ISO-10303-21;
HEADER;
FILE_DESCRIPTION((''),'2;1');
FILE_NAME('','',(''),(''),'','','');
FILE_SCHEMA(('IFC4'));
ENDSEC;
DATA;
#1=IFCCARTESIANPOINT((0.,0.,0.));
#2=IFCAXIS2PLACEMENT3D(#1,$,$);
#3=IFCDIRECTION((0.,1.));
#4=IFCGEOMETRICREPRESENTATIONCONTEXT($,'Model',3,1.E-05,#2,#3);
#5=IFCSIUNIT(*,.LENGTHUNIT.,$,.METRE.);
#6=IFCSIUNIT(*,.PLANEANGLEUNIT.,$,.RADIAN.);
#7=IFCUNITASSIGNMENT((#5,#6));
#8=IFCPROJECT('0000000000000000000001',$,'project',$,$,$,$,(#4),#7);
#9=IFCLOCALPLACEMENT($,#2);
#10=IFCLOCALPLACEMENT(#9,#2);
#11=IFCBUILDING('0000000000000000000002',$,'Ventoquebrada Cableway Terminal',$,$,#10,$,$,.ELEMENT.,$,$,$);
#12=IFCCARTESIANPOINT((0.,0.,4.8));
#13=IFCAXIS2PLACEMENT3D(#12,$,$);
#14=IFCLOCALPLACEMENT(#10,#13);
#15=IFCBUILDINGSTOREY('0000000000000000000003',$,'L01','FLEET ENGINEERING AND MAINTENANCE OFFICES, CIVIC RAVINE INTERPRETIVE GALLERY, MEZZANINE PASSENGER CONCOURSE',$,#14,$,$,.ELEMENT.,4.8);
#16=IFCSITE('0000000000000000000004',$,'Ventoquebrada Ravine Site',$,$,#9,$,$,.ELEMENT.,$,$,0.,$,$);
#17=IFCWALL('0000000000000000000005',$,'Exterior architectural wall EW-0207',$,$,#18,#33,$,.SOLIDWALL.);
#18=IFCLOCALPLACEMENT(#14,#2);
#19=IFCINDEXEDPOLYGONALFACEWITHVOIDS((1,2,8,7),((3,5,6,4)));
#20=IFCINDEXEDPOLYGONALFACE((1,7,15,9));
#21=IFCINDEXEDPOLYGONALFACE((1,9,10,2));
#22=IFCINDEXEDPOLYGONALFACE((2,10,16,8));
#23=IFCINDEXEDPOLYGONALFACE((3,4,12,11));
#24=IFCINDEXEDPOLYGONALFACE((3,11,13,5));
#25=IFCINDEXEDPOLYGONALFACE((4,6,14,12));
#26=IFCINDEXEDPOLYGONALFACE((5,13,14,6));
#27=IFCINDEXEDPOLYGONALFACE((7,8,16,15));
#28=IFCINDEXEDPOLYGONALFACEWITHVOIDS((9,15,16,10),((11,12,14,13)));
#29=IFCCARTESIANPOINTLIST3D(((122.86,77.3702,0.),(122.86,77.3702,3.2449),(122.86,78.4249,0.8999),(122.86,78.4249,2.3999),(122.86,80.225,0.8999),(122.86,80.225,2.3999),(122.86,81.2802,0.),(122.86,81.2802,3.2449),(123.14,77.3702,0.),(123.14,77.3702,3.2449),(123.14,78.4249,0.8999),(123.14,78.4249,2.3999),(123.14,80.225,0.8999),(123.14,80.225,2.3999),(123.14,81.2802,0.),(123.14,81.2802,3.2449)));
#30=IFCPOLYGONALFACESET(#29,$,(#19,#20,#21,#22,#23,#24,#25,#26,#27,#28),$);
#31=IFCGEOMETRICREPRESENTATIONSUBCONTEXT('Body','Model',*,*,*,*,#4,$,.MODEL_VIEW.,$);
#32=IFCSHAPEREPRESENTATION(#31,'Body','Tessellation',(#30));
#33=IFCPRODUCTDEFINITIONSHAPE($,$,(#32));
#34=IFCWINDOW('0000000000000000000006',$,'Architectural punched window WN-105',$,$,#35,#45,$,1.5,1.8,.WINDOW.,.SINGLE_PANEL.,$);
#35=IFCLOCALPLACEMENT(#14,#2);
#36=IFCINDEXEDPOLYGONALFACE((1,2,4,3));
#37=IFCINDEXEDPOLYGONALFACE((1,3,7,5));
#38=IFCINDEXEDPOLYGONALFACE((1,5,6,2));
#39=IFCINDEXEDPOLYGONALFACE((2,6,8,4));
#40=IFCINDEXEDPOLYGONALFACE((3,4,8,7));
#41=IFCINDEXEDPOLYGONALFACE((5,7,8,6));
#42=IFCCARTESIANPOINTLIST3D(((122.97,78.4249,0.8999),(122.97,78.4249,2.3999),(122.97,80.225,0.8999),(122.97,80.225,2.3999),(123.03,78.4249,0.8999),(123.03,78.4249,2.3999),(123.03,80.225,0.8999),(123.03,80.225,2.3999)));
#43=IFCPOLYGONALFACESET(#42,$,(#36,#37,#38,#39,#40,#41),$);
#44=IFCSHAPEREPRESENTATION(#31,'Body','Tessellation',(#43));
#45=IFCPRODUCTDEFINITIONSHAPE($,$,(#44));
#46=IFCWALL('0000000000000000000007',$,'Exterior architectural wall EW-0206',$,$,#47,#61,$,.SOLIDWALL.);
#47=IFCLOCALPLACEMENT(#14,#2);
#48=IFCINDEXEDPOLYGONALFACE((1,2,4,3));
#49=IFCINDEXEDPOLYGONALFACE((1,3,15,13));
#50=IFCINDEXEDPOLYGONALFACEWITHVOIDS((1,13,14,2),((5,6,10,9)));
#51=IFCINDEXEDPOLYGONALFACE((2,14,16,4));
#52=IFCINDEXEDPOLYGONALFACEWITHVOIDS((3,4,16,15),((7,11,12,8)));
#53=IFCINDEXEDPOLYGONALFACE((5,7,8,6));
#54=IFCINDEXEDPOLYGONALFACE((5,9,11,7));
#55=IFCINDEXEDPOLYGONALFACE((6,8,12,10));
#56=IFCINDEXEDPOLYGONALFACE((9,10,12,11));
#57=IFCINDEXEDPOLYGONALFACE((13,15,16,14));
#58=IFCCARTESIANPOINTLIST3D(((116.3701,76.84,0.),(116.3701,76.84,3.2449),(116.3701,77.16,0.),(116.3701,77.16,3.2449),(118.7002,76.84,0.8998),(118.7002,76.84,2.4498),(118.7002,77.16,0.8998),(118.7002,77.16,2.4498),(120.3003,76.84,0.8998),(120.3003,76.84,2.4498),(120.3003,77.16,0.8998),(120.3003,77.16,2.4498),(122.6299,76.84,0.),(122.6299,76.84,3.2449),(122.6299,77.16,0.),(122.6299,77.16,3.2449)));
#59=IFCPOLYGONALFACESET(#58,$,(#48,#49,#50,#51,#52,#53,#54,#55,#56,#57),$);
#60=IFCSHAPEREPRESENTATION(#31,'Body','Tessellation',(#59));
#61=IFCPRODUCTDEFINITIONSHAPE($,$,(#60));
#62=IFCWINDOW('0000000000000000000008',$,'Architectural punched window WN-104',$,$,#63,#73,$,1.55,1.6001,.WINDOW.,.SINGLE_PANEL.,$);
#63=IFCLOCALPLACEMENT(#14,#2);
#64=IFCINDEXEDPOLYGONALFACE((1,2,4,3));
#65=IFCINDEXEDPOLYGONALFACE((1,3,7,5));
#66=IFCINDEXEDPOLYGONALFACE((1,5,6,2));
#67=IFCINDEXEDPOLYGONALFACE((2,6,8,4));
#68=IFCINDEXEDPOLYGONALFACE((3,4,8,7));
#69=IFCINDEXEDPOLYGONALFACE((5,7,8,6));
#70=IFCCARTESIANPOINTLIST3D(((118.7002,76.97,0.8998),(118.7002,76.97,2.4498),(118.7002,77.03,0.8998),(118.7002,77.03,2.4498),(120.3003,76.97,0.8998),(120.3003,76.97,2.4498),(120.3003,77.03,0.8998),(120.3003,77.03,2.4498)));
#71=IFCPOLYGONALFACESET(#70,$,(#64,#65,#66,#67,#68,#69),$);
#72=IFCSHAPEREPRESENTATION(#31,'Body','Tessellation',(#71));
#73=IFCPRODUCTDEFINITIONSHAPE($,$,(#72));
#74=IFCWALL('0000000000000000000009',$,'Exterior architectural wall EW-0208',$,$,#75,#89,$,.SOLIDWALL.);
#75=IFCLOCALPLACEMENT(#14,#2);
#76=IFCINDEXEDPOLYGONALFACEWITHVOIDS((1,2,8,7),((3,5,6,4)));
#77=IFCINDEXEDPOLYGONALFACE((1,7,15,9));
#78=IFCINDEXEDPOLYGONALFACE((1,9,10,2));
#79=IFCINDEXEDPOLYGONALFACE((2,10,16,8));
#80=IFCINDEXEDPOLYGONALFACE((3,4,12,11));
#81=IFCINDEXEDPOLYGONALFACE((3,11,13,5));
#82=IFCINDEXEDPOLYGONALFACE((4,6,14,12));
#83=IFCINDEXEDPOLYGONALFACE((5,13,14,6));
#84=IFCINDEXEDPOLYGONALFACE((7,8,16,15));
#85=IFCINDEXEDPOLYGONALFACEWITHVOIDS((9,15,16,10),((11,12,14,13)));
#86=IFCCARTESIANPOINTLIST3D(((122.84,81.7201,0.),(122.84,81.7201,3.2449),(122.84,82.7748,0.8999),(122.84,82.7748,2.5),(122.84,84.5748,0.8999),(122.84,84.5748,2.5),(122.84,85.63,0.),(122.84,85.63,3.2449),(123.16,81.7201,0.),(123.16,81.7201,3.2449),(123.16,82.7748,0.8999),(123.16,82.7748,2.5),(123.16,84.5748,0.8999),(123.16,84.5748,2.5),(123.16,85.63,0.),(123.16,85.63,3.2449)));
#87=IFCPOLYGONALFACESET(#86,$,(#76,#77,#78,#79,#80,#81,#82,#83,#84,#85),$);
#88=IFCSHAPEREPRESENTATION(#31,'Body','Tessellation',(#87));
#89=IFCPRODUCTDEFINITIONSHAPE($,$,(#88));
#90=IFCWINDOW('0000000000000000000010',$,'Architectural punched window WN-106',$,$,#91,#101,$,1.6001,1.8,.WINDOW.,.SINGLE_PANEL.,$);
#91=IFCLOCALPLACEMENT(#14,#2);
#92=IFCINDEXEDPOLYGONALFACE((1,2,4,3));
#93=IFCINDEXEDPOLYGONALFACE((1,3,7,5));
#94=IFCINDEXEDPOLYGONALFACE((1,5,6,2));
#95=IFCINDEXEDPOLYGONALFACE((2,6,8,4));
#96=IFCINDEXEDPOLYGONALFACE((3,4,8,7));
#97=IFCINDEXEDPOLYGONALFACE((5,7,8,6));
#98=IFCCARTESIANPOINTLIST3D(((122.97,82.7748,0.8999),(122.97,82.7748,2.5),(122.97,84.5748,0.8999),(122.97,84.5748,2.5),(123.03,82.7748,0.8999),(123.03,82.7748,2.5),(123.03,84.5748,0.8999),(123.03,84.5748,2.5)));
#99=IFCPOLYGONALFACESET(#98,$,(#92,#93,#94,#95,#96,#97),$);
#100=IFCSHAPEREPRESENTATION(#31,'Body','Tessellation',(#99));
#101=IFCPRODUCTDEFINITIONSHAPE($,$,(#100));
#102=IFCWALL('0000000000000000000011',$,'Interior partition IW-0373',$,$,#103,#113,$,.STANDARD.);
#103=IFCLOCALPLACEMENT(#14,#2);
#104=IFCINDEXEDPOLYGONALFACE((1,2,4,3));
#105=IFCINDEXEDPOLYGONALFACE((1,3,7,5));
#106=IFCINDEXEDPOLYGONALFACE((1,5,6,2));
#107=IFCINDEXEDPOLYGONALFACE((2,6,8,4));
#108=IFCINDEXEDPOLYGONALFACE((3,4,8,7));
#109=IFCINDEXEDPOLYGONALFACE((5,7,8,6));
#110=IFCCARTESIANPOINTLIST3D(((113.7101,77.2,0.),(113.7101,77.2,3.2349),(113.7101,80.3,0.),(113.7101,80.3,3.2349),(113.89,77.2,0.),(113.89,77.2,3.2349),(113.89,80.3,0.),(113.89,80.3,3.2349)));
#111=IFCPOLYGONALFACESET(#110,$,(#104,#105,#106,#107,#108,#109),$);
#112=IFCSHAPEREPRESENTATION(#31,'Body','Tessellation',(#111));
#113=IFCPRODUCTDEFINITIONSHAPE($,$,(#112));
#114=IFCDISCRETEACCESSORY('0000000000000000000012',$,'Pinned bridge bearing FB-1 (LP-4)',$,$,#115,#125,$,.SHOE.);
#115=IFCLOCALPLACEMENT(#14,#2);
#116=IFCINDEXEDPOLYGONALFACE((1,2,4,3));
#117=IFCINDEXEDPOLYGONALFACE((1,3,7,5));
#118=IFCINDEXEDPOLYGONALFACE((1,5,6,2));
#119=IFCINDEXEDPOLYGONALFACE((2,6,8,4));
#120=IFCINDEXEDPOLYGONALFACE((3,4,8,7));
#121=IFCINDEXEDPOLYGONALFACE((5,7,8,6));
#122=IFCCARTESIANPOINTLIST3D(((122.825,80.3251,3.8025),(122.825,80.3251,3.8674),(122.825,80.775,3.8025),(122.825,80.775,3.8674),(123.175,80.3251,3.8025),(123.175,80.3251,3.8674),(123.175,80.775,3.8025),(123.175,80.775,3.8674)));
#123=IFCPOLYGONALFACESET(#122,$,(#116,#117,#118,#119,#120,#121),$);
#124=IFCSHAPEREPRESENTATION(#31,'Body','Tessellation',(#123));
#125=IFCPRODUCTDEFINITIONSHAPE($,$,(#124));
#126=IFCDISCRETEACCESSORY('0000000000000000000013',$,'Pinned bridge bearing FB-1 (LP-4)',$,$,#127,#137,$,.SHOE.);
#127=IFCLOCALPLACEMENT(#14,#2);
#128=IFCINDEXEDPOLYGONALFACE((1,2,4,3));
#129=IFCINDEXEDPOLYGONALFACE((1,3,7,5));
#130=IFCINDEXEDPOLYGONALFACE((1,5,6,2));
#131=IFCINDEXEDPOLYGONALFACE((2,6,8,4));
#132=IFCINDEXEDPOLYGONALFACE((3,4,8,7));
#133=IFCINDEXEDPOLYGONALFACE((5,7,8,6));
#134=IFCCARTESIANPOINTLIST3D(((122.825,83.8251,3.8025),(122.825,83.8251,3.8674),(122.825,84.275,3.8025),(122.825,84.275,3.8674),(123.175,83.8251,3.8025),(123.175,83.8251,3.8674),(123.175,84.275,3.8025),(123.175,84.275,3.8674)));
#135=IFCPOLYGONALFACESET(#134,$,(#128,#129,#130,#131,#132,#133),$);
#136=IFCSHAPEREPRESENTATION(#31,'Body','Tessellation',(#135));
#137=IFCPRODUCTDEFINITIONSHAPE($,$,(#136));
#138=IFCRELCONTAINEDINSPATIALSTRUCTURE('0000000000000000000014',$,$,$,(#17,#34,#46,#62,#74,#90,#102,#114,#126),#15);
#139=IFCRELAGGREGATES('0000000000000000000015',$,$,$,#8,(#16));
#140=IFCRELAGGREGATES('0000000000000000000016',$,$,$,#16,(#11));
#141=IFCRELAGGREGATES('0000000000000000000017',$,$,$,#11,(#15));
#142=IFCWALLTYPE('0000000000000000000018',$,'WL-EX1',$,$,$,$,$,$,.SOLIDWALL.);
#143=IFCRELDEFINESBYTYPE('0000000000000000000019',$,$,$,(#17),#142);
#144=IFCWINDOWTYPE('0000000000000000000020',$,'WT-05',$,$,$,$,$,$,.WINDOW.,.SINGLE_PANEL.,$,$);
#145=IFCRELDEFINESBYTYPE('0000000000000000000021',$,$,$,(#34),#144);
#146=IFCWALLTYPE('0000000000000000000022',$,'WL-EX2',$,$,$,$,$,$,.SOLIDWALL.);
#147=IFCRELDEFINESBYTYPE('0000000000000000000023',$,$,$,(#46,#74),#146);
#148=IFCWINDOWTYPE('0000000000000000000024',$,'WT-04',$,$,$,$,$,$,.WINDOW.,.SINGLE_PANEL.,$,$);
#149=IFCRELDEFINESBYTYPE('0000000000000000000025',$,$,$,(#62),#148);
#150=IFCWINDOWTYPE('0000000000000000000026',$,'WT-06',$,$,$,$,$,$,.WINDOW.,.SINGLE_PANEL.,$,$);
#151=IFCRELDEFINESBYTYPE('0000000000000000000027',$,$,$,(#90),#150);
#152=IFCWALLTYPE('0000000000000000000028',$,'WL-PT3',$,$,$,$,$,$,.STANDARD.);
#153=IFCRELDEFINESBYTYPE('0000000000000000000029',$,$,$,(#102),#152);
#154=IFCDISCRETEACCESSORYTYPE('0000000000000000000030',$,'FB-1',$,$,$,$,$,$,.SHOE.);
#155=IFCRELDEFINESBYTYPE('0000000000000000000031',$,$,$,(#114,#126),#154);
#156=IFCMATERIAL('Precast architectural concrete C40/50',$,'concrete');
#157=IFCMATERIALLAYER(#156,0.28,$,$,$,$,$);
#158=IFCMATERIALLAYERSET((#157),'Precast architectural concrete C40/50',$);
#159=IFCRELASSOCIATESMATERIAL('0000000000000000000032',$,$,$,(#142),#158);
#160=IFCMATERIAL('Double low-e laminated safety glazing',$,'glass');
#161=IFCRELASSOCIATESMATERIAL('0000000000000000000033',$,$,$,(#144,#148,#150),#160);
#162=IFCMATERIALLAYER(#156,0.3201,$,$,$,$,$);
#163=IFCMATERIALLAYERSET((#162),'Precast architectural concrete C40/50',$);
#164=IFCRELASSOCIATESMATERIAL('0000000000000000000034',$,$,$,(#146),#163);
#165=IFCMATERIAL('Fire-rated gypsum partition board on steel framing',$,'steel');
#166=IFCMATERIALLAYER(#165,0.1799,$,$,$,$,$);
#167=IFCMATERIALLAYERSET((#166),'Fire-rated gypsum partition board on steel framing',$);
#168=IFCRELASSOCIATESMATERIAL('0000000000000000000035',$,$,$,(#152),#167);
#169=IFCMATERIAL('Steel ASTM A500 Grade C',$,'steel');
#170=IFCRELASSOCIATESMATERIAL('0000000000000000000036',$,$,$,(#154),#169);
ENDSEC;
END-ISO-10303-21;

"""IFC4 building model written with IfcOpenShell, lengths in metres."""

from ifc_helpers import new_model, si_unit, direction, frame, frame_2d, origin, origin_2d, place, context, subcontext, project, spatial, rectangle, extrude, material, layer, layer_set, type_object, element, fill, save


model = new_model("IFC4")

# Units and contexts
model_context = context("Model", 3, precision=1e-05, world=origin(), true_north=direction((0.0, 1.0)))
body_context = subcontext(model_context, "Body", "Model", "MODEL_VIEW")
ifc_project = project(units=[si_unit("LENGTHUNIT", "METRE"), si_unit("PLANEANGLEUNIT", "RADIAN")], contexts=[model_context])

# Site, building, storey
site_placement = place(None, origin())
site = spatial("IfcSite", under=ifc_project, at=site_placement, Name="Ventoquebrada Ravine Site", CompositionType="ELEMENT", RefElevation=0.0)
building_placement = place(site_placement, origin())
building = spatial("IfcBuilding", under=site, at=building_placement, Name="Ventoquebrada Cableway Terminal", CompositionType="ELEMENT")
storey_placement = place(building_placement, frame((0.0, 0.0, 4.8)))
storey = spatial("IfcBuildingStorey", under=building, at=storey_placement, Name="L01", Description="FLEET ENGINEERING AND MAINTENANCE OFFICES, CIVIC RAVINE INTERPRETIVE GALLERY, MEZZANINE PASSENGER CONCOURSE", CompositionType="ELEMENT", Elevation=4.8)

# Walls, openings, windows
ifc_material_1 = material(Name="Precast architectural concrete C40/50", Category="concrete")
ifc_layer_1 = layer(ifc_material_1, 0.28)
ifc_layer_set_1 = layer_set([ifc_layer_1], Name="Precast architectural concrete C40/50")
wall_type_1 = type_object("IfcWallType", Name="WL-EX1", PredefinedType="SOLIDWALL", material=ifc_layer_set_1)
ifc_material_2 = material(Name="Double low-e laminated safety glazing", Category="glass")
wall_1_placement = place(storey_placement, frame((123.0, 77.3701, 0.0), z_axis=(0.0, 0.0, 1.0), x_axis=(0.0, 1.0, 0.0)))
wall_1 = element("IfcWall", 1, at=wall_1_placement, inside=storey, type_object=wall_type_1, Name="Exterior architectural wall EW-0207", PredefinedType="SOLIDWALL", context=body_context, shape_type="SweptSolid", body=[
    extrude(rectangle(XDim=3.9099, YDim=0.28, at=frame_2d((1.9551, 0.0))), origin(), (0.0, 0.0, 1.0), 3.2449),
])
opening_1_placement = place(wall_1_placement, frame((1.0549, 0.0, 0.8999)))
opening_1 = element("IfcOpeningElement", 2, at=opening_1_placement, cuts=wall_1, PredefinedType="OPENING", context=body_context, shape_type="SweptSolid", body=[
    extrude(rectangle(XDim=1.8, YDim=1.5, at=frame_2d((0.8999, 0.75))), frame((0.0, 0.1499, 0.0), z_axis=(0.0, -1.0, 0.0), x_axis=(1.0, 0.0, 0.0)), (0.0, 0.0, 1.0), 0.3),
])
window_type_1 = type_object("IfcWindowType", Name="WT-05", PartitioningType="SINGLE_PANEL", PredefinedType="WINDOW", material=ifc_material_2)
window_1_placement = place(opening_1_placement, origin())
window_1 = element("IfcWindow", 3, at=window_1_placement, inside=storey, type_object=window_type_1, Name="Architectural punched window WN-105", OverallHeight=1.5, OverallWidth=1.8, PartitioningType="SINGLE_PANEL", PredefinedType="WINDOW", context=body_context, shape_type="SweptSolid", body=[
    extrude(rectangle(XDim=1.8, YDim=1.5, at=frame_2d((0.8999, 0.75))), frame((0.0, 0.03, 0.0), z_axis=(0.0, -1.0, 0.0), x_axis=(1.0, 0.0, 0.0)), (0.0, 0.0, 1.0), 0.0601),
])
fill(opening_1, window_1)
ifc_layer_2 = layer(ifc_material_1, 0.3201)
ifc_layer_set_2 = layer_set([ifc_layer_2], Name="Precast architectural concrete C40/50")
wall_type_2 = type_object("IfcWallType", Name="WL-EX2", PredefinedType="SOLIDWALL", material=ifc_layer_set_2)
wall_2_placement = place(storey_placement, frame((116.3701, 77.0, 0.0), z_axis=(0.0, 0.0, 1.0), x_axis=(1.0, 0.0, 0.0)))
wall_2 = element("IfcWall", 4, at=wall_2_placement, inside=storey, type_object=wall_type_2, Name="Exterior architectural wall EW-0206", PredefinedType="SOLIDWALL", context=body_context, shape_type="SweptSolid", body=[
    extrude(rectangle(XDim=6.2598, YDim=0.3201, at=frame_2d((3.1299, 0.0))), origin(), (0.0, 0.0, 1.0), 3.2449),
])
opening_2_placement = place(wall_2_placement, frame((2.3301, 0.0, 0.8999)))
opening_2 = element("IfcOpeningElement", 5, at=opening_2_placement, cuts=wall_2, PredefinedType="OPENING", context=body_context, shape_type="SweptSolid", body=[
    extrude(rectangle(XDim=1.6001, YDim=1.55, at=frame_2d((0.8, 0.7749))), frame((0.0, 0.1699, 0.0), z_axis=(0.0, -1.0, 0.0), x_axis=(1.0, 0.0, 0.0)), (0.0, 0.0, 1.0), 0.3401),
])
window_type_2 = type_object("IfcWindowType", Name="WT-04", PartitioningType="SINGLE_PANEL", PredefinedType="WINDOW", material=ifc_material_2)
window_2_placement = place(opening_2_placement, origin())
window_2 = element("IfcWindow", 6, at=window_2_placement, inside=storey, type_object=window_type_2, Name="Architectural punched window WN-104", OverallHeight=1.55, OverallWidth=1.6001, PartitioningType="SINGLE_PANEL", PredefinedType="WINDOW", context=body_context, shape_type="SweptSolid", body=[
    extrude(rectangle(XDim=1.6001, YDim=1.55, at=frame_2d((0.8, 0.7749))), frame((0.0, 0.03, 0.0), z_axis=(0.0, -1.0, 0.0), x_axis=(1.0, 0.0, 0.0)), (0.0, 0.0, 1.0), 0.0601),
])
fill(opening_2, window_2)
wall_3_placement = place(storey_placement, frame((123.0, 81.72, 0.0), z_axis=(0.0, 0.0, 1.0), x_axis=(0.0, 1.0, 0.0)))
wall_3 = element("IfcWall", 7, at=wall_3_placement, inside=storey, type_object=wall_type_2, Name="Exterior architectural wall EW-0208", PredefinedType="SOLIDWALL", context=body_context, shape_type="SweptSolid", body=[
    extrude(rectangle(XDim=3.9099, YDim=0.3201, at=frame_2d((1.9551, 0.0))), origin(), (0.0, 0.0, 1.0), 3.2449),
])
opening_3_placement = place(wall_3_placement, frame((1.0549, 0.0, 0.8999)))
opening_3 = element("IfcOpeningElement", 8, at=opening_3_placement, cuts=wall_3, PredefinedType="OPENING", context=body_context, shape_type="SweptSolid", body=[
    extrude(rectangle(XDim=1.8, YDim=1.6001, at=frame_2d((0.8999, 0.8))), frame((0.0, 0.1699, 0.0), z_axis=(0.0, -1.0, 0.0), x_axis=(1.0, 0.0, 0.0)), (0.0, 0.0, 1.0), 0.3401),
])
window_type_3 = type_object("IfcWindowType", Name="WT-06", PartitioningType="SINGLE_PANEL", PredefinedType="WINDOW", material=ifc_material_2)
window_3_placement = place(opening_3_placement, origin())
window_3 = element("IfcWindow", 9, at=window_3_placement, inside=storey, type_object=window_type_3, Name="Architectural punched window WN-106", OverallHeight=1.6001, OverallWidth=1.8, PartitioningType="SINGLE_PANEL", PredefinedType="WINDOW", context=body_context, shape_type="SweptSolid", body=[
    extrude(rectangle(XDim=1.8, YDim=1.6001, at=frame_2d((0.8999, 0.8))), frame((0.0, 0.03, 0.0), z_axis=(0.0, -1.0, 0.0), x_axis=(1.0, 0.0, 0.0)), (0.0, 0.0, 1.0), 0.0601),
])
fill(opening_3, window_3)

# Wall
ifc_material_3 = material(Name="Fire-rated gypsum partition board on steel framing", Category="steel")
ifc_layer_3 = layer(ifc_material_3, 0.1799)
ifc_layer_set_3 = layer_set([ifc_layer_3], Name="Fire-rated gypsum partition board on steel framing")
wall_type_3 = type_object("IfcWallType", Name="WL-PT3", PredefinedType="STANDARD", material=ifc_layer_set_3)
wall_4_placement = place(storey_placement, frame((113.8, 77.2, 0.0), z_axis=(0.0, 0.0, 1.0), x_axis=(0.0, 1.0, 0.0)))
element("IfcWall", 10, at=wall_4_placement, inside=storey, type_object=wall_type_3, Name="Interior partition IW-0373", PredefinedType="STANDARD", context=body_context, shape_type="SweptSolid", body=[
    extrude(rectangle(XDim=3.1001, YDim=0.1799, at=frame_2d((1.55, 0.0))), origin(), (0.0, 0.0, 1.0), 3.2349),
])

# Discrete accessories
ifc_material_4 = material(Name="Steel ASTM A500 Grade C", Category="steel")
discrete_accessory_type = type_object("IfcDiscreteAccessoryType", Name="FB-1", PredefinedType="SHOE", material=ifc_material_4)
for number, where, z_axis, x_axis, name in (
    (11, (123.0, 80.55, 3.8025), (0.0, 0.0, 1.0), (1.0, 0.0, 0.0), "Pinned bridge bearing FB-1 (LP-4)"),
    (12, (123.0, 84.05, 3.8025), (0.0, 0.0, 1.0), (1.0, 0.0, 0.0), "Pinned bridge bearing FB-1 (LP-4)"),
):
    element("IfcDiscreteAccessory", number, at=place(storey_placement, frame(where, z_axis=z_axis, x_axis=x_axis)), inside=storey, type_object=discrete_accessory_type, Name=name, PredefinedType="SHOE", context=body_context, shape_type="SweptSolid", body=[
        extrude(rectangle(XDim=0.3501, YDim=0.45, at=origin_2d()), origin(), (0.0, 0.0, 1.0), 0.0649),
    ])

save(model, "model.ifc")
